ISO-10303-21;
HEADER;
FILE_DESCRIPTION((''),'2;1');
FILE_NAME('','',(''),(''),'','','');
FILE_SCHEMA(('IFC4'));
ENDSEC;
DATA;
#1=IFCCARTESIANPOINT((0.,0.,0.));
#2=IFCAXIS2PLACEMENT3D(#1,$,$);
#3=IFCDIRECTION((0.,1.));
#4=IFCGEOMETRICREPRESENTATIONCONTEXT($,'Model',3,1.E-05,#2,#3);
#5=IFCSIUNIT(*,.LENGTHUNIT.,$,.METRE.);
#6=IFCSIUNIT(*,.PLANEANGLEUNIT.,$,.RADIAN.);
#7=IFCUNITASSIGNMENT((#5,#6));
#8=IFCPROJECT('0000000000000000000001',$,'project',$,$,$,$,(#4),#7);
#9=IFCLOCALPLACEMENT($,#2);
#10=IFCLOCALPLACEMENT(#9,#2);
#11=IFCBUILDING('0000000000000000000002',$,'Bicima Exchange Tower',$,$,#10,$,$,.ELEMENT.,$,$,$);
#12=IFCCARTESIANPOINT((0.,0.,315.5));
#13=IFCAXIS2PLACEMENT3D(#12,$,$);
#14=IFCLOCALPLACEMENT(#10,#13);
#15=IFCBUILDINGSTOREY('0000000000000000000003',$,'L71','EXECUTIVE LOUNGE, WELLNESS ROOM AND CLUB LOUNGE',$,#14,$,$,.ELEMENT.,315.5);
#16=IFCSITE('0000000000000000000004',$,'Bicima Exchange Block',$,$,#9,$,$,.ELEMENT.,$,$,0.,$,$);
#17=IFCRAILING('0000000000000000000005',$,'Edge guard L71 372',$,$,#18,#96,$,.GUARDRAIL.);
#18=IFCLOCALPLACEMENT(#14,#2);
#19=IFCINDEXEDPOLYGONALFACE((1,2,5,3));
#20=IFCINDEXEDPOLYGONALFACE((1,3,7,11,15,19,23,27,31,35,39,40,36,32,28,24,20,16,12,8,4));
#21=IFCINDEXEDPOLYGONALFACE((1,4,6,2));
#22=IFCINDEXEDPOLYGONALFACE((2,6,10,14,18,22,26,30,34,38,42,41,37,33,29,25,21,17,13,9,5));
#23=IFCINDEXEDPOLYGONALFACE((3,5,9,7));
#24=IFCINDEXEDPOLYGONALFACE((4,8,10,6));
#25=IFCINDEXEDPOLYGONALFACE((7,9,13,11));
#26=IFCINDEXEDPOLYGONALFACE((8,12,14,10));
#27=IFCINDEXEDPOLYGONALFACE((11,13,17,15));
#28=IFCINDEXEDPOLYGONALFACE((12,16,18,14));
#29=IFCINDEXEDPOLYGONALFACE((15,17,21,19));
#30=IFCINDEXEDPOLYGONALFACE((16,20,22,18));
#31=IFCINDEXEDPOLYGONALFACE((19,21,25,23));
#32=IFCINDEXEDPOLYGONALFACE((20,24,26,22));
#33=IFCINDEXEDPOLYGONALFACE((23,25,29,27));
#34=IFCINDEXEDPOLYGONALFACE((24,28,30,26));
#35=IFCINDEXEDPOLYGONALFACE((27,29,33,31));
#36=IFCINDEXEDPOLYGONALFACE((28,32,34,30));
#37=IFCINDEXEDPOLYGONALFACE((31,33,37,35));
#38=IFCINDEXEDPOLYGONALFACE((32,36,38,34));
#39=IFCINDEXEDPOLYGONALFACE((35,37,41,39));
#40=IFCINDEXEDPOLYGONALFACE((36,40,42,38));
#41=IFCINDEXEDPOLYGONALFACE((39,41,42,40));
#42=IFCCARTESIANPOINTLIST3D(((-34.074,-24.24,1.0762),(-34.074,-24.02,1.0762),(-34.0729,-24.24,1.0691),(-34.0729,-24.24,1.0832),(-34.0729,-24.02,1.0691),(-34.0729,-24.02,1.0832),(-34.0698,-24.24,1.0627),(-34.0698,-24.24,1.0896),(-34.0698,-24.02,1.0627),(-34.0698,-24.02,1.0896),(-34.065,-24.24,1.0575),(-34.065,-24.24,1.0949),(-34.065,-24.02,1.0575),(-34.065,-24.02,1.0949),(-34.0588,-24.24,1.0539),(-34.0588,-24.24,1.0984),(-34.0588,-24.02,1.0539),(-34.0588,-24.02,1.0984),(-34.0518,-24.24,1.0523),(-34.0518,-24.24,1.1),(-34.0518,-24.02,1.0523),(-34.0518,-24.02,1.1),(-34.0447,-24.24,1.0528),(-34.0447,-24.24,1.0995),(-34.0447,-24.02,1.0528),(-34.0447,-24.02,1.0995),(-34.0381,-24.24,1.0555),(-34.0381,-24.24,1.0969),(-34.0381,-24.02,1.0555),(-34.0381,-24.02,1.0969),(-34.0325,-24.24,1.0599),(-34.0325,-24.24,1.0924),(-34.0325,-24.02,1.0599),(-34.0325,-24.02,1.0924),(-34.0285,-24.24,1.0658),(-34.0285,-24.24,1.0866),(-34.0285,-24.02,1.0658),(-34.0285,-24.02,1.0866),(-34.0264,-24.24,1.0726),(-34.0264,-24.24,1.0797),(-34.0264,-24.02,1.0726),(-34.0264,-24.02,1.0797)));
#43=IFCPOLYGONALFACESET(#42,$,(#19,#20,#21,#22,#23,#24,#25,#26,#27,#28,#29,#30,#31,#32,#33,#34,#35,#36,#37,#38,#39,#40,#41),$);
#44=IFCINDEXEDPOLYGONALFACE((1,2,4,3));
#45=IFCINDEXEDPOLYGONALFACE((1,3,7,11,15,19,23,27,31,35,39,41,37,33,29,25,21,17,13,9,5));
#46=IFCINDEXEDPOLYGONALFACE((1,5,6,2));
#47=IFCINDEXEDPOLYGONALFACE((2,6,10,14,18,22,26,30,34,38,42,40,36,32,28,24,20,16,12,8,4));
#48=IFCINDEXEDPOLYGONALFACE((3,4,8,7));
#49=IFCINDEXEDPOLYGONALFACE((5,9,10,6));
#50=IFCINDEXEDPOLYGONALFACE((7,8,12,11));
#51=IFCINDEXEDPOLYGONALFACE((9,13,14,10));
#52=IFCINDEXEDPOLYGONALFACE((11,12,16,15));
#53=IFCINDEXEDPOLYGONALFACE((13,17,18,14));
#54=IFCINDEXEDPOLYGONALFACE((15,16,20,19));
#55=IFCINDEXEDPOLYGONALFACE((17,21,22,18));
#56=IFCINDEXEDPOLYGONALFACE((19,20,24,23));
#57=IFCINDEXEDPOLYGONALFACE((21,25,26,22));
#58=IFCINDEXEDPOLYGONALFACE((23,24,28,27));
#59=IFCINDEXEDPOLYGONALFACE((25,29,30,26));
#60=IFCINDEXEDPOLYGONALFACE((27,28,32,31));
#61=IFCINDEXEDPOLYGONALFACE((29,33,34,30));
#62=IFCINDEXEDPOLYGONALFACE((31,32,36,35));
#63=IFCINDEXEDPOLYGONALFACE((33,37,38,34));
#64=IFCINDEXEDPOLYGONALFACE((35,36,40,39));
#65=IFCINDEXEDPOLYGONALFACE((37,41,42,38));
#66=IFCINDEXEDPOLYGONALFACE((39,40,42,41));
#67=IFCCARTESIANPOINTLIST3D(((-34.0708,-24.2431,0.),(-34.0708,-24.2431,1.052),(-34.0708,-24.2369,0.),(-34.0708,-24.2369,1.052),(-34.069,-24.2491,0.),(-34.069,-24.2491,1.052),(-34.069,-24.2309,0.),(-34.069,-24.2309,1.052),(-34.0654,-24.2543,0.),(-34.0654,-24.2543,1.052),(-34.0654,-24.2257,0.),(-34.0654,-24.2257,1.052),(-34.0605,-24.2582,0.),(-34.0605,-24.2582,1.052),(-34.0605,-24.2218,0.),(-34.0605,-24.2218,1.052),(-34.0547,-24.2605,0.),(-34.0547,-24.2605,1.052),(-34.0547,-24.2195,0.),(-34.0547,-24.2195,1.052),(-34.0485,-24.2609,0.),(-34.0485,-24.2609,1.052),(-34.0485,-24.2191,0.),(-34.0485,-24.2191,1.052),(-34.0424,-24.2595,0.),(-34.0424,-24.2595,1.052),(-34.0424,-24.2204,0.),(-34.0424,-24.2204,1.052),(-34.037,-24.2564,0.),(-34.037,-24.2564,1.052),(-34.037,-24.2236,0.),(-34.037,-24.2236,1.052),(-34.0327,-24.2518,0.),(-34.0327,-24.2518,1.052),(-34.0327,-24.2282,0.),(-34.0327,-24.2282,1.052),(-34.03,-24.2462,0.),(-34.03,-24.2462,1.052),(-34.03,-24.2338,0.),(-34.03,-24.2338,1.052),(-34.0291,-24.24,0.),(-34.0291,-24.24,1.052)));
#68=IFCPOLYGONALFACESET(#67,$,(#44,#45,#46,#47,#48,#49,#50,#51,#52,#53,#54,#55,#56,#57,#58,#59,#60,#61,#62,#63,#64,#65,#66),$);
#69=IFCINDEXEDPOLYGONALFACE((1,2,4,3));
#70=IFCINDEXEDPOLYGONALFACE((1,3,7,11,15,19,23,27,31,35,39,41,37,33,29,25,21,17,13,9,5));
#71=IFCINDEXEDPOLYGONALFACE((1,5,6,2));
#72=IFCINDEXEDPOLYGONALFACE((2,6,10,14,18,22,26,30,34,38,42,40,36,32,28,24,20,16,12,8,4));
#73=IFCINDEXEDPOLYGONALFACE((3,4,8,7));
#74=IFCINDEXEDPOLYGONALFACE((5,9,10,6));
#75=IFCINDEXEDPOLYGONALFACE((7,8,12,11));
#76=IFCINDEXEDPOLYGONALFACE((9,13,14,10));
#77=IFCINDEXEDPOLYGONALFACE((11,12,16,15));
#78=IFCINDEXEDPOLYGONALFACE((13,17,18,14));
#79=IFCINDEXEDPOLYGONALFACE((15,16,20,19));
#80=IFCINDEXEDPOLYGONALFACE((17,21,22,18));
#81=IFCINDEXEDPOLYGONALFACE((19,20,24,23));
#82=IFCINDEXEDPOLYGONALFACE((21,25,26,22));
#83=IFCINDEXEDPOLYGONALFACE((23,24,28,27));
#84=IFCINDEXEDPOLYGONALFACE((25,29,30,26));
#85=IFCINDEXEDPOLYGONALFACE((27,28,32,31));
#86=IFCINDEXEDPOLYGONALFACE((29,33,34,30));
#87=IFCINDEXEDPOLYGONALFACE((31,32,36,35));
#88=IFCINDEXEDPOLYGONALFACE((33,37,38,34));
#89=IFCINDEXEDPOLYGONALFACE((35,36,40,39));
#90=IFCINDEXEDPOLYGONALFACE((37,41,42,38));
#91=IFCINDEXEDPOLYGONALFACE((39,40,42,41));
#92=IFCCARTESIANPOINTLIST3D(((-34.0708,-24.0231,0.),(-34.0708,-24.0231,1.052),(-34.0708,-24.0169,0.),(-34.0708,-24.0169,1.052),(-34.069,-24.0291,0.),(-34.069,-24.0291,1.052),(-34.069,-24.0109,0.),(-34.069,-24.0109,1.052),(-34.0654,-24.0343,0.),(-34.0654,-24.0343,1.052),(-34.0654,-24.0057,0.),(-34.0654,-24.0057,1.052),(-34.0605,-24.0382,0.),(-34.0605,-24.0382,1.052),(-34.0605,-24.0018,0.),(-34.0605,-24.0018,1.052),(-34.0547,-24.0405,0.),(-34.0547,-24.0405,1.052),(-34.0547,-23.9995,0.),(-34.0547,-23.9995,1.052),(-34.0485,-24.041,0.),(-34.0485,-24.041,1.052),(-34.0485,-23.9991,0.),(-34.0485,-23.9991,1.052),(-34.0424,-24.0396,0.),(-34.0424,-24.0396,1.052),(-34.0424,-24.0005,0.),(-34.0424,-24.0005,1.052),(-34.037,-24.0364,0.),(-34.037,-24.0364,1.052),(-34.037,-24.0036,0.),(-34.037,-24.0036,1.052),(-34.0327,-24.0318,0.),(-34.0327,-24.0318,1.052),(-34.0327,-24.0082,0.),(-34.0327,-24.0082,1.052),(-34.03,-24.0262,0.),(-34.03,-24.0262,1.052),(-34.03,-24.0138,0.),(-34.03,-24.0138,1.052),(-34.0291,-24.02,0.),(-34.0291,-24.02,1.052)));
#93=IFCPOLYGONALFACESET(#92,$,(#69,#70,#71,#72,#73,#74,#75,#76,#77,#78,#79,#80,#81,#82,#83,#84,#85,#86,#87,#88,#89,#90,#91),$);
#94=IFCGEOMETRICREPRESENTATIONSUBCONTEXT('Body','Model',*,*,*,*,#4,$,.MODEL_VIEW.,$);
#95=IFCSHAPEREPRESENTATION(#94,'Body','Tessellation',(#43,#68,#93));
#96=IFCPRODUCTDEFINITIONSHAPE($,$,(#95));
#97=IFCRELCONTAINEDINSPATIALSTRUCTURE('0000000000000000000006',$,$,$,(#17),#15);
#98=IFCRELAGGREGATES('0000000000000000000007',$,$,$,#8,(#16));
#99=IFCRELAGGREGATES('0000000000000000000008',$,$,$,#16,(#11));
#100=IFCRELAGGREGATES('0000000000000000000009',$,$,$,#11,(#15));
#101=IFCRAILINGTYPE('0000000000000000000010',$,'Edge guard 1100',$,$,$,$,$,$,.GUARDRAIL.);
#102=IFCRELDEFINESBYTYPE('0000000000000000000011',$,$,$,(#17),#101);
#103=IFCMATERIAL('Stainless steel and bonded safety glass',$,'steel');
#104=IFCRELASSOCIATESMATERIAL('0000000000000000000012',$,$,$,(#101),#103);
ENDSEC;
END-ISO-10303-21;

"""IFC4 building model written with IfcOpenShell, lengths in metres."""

from ifc_helpers import new_model, si_unit, direction, frame, origin, origin_2d, place, context, subcontext, project, spatial, circle, extrude, material, type_object, element, save


model = new_model("IFC4")

# Units and contexts
model_context = context("Model", 3, precision=1e-05, world=origin(), true_north=direction((0.0, 1.0)))
body_context = subcontext(model_context, "Body", "Model", "MODEL_VIEW")
ifc_project = project(units=[si_unit("LENGTHUNIT", "METRE"), si_unit("PLANEANGLEUNIT", "RADIAN")], contexts=[model_context])

# Site, building, storey
site_placement = place(None, origin())
site = spatial("IfcSite", under=ifc_project, at=site_placement, Name="Bicima Exchange Block", CompositionType="ELEMENT", RefElevation=0.0)
building_placement = place(site_placement, origin())
building = spatial("IfcBuilding", under=site, at=building_placement, Name="Bicima Exchange Tower", CompositionType="ELEMENT")
storey_placement = place(building_placement, frame((0.0, 0.0, 315.5)))
storey = spatial("IfcBuildingStorey", under=building, at=storey_placement, Name="L71", Description="EXECUTIVE LOUNGE, WELLNESS ROOM AND CLUB LOUNGE", CompositionType="ELEMENT", Elevation=315.5)

# Railing
ifc_material_1 = material(Name="Stainless steel and bonded safety glass", Category="steel")
railing_type = type_object("IfcRailingType", Name="Edge guard 1100", PredefinedType="GUARDRAIL", material=ifc_material_1)
railing_1_placement = place(storey_placement, frame((-34.05, -24.24, 0.0)))
element("IfcRailing", 1, at=railing_1_placement, inside=storey, type_object=railing_type, Name="Edge guard L71 372", PredefinedType="GUARDRAIL", context=body_context, shape_type="SweptSolid", body=[
    extrude(circle(Radius=0.0239, at=origin_2d()), frame((0.0, 0.0, 1.0762), z_axis=(0.0, 1.0, 0.0), x_axis=(-1.0, 0.0, 0.0)), (0.0, 0.0, 1.0), 0.22),
    extrude(circle(Radius=0.021, at=origin_2d()), origin(), (0.0, 0.0, 1.0), 1.052),
    extrude(circle(Radius=0.021, at=origin_2d()), frame((0.0, 0.22, 0.0)), (0.0, 0.0, 1.0), 1.052),
])

save(model, "model.ifc")
